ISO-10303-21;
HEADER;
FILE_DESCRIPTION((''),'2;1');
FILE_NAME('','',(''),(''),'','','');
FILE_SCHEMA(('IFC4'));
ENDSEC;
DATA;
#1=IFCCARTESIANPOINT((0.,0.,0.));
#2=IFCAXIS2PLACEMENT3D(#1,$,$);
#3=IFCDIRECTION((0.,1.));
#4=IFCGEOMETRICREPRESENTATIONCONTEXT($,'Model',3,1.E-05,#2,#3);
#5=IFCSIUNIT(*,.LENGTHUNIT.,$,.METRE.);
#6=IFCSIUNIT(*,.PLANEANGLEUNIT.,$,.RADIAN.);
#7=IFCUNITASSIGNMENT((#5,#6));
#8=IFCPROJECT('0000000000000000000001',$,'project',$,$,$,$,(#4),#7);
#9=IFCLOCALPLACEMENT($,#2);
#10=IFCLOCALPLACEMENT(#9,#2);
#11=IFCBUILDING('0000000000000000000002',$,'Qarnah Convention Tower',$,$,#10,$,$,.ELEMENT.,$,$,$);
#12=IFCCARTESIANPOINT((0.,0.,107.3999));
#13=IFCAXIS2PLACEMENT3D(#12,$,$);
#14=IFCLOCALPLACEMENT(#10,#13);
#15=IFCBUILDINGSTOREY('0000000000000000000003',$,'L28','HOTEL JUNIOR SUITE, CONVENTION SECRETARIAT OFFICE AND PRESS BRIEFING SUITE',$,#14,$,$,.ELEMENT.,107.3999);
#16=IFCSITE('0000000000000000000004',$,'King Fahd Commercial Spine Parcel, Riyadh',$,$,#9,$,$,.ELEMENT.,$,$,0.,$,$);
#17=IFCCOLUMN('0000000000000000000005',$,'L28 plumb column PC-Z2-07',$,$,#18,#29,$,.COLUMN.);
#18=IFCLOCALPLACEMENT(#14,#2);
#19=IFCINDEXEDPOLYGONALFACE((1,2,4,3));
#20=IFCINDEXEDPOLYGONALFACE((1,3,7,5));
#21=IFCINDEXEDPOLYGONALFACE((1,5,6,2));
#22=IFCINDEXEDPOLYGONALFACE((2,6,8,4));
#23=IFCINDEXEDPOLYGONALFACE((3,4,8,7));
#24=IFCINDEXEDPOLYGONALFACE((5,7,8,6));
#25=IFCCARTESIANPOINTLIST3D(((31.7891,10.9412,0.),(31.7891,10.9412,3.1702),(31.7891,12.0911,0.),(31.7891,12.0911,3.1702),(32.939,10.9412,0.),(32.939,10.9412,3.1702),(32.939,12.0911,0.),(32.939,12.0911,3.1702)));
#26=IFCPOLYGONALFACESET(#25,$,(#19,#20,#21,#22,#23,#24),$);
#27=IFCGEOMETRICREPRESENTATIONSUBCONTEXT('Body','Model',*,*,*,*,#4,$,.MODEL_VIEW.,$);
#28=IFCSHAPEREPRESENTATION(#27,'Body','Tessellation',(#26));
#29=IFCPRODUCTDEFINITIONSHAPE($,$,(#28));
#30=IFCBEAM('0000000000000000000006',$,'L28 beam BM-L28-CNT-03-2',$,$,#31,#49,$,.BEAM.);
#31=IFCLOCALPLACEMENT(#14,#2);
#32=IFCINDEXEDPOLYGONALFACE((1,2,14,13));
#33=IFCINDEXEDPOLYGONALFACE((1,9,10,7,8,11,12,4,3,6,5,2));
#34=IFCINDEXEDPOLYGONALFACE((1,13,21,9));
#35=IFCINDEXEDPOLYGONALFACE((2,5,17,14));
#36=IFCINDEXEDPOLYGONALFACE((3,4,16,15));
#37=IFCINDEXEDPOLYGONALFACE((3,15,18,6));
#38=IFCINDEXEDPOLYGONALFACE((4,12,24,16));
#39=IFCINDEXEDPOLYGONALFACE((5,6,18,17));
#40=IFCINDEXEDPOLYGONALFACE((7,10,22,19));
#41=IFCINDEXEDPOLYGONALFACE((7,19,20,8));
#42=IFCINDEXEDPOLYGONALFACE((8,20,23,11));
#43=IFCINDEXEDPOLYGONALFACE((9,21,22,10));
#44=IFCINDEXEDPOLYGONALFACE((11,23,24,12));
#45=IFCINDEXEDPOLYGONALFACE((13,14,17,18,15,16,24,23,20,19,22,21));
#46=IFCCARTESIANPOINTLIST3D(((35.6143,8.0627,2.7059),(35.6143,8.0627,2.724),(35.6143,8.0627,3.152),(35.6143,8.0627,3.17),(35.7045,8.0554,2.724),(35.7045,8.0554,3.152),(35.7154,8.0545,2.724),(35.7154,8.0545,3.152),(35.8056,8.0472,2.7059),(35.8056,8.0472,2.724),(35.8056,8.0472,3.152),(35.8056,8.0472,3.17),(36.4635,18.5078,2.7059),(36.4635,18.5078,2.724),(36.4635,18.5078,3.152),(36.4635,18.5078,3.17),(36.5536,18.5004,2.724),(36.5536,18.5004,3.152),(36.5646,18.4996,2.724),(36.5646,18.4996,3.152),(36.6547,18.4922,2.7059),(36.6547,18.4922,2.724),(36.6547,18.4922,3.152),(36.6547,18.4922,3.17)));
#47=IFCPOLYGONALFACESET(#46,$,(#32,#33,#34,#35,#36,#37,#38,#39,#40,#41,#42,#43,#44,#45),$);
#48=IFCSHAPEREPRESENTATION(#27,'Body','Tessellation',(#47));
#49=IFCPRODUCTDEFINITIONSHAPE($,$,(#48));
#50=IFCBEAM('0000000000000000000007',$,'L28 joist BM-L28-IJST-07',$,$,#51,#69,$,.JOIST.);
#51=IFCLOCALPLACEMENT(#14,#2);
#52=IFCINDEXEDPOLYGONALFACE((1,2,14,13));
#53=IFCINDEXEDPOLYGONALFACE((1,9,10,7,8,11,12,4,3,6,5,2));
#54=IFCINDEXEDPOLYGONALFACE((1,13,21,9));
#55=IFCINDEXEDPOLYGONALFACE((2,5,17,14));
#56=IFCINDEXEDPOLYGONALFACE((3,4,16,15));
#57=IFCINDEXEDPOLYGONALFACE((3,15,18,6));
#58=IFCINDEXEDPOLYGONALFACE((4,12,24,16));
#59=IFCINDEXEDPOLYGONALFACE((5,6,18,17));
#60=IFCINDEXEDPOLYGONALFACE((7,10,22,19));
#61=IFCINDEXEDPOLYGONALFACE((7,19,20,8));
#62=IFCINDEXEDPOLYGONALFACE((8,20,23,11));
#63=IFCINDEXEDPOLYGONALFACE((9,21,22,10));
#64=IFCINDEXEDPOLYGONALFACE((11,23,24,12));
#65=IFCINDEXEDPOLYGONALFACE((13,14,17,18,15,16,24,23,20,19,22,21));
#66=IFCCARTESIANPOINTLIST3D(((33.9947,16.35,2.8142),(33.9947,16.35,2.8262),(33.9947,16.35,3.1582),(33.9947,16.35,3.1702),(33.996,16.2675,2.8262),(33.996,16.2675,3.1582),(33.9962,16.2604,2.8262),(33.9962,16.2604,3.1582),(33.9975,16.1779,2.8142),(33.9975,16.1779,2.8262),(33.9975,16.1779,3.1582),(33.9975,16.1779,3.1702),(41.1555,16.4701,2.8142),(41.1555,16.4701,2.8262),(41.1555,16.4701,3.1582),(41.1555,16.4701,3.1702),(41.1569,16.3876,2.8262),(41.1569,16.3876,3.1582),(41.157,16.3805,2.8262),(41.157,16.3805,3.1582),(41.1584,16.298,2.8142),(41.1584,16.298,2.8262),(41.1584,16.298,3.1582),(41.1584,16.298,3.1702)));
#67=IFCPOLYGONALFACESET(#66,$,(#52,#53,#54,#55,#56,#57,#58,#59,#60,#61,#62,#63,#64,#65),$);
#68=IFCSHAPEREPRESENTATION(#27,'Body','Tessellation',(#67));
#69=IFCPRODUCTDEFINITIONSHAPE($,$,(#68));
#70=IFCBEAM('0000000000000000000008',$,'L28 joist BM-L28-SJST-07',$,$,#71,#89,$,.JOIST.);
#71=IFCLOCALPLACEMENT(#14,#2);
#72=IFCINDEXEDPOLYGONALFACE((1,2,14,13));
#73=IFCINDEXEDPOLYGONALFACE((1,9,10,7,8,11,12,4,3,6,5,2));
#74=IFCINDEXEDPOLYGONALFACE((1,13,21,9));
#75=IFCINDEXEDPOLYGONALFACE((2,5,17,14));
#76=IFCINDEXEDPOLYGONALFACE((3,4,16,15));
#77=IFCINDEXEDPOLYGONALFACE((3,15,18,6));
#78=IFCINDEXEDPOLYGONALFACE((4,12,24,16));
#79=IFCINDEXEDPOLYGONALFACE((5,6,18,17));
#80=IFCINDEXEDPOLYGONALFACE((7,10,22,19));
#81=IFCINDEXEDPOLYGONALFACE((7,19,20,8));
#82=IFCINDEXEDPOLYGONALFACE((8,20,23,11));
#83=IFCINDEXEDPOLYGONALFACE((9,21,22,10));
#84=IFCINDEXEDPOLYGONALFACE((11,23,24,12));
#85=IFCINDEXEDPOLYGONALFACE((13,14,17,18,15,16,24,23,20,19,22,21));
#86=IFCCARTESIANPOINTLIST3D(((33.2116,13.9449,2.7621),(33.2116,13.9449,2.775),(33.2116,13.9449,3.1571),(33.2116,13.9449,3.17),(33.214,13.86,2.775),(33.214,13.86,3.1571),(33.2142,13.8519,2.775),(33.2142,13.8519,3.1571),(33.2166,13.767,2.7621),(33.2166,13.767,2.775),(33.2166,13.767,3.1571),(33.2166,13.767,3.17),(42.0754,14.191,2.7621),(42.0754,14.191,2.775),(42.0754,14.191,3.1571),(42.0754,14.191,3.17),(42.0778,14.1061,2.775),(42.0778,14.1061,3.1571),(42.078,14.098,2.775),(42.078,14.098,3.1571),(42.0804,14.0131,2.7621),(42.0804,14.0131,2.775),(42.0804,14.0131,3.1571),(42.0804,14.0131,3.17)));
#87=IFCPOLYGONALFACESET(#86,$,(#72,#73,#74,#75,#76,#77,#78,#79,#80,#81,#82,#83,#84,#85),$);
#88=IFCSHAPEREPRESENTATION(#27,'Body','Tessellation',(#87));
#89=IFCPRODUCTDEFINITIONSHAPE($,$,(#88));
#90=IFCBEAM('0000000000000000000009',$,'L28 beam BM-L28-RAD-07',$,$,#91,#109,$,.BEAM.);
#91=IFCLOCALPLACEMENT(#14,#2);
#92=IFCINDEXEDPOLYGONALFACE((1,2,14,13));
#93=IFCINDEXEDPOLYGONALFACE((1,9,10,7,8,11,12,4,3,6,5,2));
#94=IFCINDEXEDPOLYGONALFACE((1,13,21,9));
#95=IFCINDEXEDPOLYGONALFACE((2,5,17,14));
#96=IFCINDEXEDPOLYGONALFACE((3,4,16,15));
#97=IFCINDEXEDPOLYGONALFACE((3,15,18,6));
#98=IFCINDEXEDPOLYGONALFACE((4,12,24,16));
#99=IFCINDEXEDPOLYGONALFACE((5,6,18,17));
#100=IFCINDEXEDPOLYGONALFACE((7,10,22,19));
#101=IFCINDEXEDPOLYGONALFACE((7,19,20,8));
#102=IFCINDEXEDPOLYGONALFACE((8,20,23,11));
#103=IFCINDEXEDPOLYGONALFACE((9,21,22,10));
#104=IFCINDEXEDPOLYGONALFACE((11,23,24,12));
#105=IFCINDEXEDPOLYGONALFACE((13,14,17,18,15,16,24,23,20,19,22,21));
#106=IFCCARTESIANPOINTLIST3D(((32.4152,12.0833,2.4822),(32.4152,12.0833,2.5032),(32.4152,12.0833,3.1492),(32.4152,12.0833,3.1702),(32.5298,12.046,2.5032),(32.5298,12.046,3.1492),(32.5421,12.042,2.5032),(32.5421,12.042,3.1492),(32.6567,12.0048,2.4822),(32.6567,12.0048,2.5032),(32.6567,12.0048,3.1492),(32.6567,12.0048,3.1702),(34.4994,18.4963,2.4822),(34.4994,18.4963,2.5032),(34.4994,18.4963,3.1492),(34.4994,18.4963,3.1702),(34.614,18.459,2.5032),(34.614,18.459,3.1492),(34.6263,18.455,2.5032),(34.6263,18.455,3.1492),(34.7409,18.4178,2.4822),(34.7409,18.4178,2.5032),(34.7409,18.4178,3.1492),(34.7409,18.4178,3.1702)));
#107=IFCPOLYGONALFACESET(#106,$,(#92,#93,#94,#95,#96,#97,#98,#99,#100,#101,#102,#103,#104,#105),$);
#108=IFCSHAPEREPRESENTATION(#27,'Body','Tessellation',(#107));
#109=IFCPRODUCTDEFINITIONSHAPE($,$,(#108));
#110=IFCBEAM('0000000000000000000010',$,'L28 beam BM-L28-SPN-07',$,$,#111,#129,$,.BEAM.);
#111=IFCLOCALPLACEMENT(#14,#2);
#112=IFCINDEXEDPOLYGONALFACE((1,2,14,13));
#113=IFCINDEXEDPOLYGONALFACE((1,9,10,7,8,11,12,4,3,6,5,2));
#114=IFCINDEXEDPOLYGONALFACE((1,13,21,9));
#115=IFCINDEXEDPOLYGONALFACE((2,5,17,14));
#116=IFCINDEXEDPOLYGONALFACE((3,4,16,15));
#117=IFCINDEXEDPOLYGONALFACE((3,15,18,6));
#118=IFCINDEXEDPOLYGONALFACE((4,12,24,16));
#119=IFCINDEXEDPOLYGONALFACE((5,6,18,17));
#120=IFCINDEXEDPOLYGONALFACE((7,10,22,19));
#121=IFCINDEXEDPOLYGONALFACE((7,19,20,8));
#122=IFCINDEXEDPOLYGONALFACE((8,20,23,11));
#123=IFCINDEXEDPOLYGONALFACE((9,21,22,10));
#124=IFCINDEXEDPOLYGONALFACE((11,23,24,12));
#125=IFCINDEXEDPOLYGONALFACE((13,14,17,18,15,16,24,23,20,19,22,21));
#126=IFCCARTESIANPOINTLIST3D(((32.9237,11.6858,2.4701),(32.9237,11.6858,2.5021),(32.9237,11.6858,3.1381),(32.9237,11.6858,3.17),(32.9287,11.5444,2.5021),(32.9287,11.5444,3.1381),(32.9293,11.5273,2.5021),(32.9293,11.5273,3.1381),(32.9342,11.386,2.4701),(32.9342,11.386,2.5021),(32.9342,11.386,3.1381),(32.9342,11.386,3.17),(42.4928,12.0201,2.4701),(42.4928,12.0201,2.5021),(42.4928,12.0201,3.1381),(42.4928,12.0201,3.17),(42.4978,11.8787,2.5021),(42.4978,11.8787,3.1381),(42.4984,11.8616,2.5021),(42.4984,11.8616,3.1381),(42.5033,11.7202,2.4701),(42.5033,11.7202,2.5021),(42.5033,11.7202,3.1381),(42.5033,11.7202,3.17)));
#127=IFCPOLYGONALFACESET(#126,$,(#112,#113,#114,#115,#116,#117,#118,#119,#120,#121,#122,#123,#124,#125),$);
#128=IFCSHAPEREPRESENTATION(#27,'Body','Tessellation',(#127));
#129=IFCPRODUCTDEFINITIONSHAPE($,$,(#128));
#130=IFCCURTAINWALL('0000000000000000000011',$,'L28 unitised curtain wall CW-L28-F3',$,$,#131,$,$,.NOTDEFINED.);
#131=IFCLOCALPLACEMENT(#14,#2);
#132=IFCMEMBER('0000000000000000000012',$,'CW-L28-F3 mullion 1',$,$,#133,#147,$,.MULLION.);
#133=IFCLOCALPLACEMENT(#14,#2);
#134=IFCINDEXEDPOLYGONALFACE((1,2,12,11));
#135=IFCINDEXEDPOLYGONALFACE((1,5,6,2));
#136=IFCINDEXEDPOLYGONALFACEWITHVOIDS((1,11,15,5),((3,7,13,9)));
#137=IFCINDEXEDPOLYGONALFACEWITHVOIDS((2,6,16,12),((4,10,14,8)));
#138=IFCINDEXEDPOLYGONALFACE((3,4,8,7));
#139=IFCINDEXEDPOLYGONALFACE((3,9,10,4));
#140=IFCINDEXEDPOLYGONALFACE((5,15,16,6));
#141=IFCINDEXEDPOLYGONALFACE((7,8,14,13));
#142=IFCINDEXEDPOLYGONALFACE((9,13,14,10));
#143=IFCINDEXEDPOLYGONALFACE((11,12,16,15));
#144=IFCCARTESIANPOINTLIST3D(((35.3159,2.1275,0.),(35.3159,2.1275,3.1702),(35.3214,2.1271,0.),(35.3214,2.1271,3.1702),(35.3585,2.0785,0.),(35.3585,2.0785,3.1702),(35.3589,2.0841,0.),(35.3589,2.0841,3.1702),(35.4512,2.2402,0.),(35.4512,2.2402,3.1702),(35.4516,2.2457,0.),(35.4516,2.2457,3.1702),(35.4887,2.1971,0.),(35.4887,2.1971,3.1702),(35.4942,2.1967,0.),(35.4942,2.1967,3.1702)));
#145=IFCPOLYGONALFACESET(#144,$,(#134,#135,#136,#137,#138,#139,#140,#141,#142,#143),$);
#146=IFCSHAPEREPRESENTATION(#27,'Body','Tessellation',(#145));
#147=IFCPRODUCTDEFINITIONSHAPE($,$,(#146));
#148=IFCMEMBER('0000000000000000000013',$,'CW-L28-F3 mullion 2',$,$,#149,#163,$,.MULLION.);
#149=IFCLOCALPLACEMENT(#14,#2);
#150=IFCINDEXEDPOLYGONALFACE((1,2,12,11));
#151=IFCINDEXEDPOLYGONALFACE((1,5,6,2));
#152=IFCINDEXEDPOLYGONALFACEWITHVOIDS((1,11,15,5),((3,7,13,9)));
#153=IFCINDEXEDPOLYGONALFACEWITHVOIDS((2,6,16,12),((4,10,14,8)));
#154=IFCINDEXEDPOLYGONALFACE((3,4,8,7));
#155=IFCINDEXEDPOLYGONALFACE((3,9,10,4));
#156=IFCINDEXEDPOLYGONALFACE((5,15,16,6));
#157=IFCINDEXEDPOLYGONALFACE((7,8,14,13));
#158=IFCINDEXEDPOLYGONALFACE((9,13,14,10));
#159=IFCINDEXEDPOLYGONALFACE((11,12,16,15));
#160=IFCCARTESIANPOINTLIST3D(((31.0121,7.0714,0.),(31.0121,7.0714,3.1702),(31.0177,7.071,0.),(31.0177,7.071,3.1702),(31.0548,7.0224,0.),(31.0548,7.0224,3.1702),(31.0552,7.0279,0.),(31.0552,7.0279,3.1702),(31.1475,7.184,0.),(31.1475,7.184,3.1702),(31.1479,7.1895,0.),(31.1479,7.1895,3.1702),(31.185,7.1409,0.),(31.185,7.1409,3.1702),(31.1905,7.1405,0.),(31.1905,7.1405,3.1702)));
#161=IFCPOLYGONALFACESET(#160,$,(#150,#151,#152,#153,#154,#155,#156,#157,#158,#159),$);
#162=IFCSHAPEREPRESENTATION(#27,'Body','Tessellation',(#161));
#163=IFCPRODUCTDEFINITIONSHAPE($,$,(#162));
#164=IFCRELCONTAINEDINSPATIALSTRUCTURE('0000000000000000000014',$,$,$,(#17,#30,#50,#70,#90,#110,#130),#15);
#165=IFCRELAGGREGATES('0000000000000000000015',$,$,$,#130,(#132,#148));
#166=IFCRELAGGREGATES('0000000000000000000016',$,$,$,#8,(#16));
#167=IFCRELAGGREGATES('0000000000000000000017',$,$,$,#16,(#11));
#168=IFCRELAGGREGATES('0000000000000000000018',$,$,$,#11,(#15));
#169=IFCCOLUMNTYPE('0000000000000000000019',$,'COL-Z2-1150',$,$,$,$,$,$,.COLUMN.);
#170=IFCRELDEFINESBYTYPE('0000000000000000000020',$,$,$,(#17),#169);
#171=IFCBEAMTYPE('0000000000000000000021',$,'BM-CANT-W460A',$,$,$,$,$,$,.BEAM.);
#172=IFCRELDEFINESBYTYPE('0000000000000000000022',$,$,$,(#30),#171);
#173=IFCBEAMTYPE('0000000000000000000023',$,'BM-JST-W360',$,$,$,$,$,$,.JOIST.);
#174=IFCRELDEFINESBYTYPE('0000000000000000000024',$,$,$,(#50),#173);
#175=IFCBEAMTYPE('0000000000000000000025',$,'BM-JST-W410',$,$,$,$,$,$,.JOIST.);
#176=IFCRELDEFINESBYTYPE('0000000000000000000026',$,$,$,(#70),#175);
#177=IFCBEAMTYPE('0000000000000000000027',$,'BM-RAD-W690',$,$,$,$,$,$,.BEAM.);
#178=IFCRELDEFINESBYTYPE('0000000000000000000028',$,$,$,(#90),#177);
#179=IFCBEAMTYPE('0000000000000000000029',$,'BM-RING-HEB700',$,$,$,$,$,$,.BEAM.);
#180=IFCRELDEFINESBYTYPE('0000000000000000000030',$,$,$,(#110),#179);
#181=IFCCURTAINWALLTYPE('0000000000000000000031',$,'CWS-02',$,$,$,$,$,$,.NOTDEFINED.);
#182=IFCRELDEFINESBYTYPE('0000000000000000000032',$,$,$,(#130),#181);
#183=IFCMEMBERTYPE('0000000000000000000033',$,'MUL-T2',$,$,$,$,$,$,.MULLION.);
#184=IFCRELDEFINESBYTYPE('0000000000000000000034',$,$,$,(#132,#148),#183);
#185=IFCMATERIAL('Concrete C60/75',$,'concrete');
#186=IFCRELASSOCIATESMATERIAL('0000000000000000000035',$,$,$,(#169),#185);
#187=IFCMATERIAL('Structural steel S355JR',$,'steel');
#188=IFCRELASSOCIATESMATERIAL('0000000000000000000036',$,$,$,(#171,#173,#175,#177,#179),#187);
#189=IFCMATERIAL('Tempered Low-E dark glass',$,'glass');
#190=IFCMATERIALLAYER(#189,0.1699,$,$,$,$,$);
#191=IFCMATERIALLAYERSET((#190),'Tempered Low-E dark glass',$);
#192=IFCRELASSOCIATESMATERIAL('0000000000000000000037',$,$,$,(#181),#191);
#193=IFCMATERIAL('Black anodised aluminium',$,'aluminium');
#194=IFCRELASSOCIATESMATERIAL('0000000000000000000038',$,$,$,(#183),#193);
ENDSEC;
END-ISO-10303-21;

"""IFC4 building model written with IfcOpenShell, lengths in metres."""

from ifc_helpers import new_model, si_unit, direction, frame, origin, origin_2d, place, context, subcontext, project, spatial, rectangle, hollow_rectangle, i_section, extrude, material, layer, layer_set, material_profile, profile_set, type_object, element, aggregate, save


model = new_model("IFC4")

# Units and contexts
model_context = context("Model", 3, precision=1e-05, world=origin(), true_north=direction((0.0, 1.0)))
body_context = subcontext(model_context, "Body", "Model", "MODEL_VIEW")
ifc_project = project(units=[si_unit("LENGTHUNIT", "METRE"), si_unit("PLANEANGLEUNIT", "RADIAN")], contexts=[model_context])

# Site, building, storey
site_placement = place(None, origin())
site = spatial("IfcSite", under=ifc_project, at=site_placement, Name="King Fahd Commercial Spine Parcel, Riyadh", CompositionType="ELEMENT", RefElevation=0.0)
building_placement = place(site_placement, origin())
building = spatial("IfcBuilding", under=site, at=building_placement, Name="Qarnah Convention Tower", CompositionType="ELEMENT")
storey_placement = place(building_placement, frame((0.0, 0.0, 107.3999)))
storey = spatial("IfcBuildingStorey", under=building, at=storey_placement, Name="L28", Description="HOTEL JUNIOR SUITE, CONVENTION SECRETARIAT OFFICE AND PRESS BRIEFING SUITE", CompositionType="ELEMENT", Elevation=107.3999)

# Column
ifc_material_1 = material(Name="Concrete C60/75", Category="concrete")
ifc_material_profile_1 = material_profile(ifc_material_1, rectangle(XDim=1.1499, YDim=1.1499, at=origin_2d()), Name="RC-COL-1150X1150")
ifc_profile_set_1 = profile_set([ifc_material_profile_1], Name="Concrete C60/75")
column_type = type_object("IfcColumnType", Name="COL-Z2-1150", PredefinedType="COLUMN", material=ifc_profile_set_1)
column_placement = place(storey_placement, frame((32.364, 11.5161, 0.0), z_axis=(0.0, 0.0, 1.0), x_axis=(1.0, 0.0, 0.0)))
element("IfcColumn", 1, at=column_placement, inside=storey, type_object=column_type, Name="L28 plumb column PC-Z2-07", PredefinedType="COLUMN", context=body_context, shape_type="SweptSolid", body=[
    extrude(rectangle(XDim=1.1499, YDim=1.1499, at=origin_2d()), origin(), (0.0, 0.0, 1.0), 3.1702),
])

# Beams
ifc_material_2 = material(Name="Structural steel S355JR", Category="steel")
ifc_material_profile_2 = material_profile(ifc_material_2, i_section(OverallWidth=0.1919, OverallDepth=0.4641, WebThickness=0.011, FlangeThickness=0.0181, at=origin_2d()), Name="W460X89")
ifc_profile_set_2 = profile_set([ifc_material_profile_2], Name="Structural steel S355JR")
beam_type_1 = type_object("IfcBeamType", Name="BM-CANT-W460A", PredefinedType="BEAM", material=ifc_profile_set_2)
beam_1_placement = place(storey_placement, frame((36.5591, 18.5, 2.938), z_axis=(-0.081027, -0.996712, 0.0), x_axis=(0.996712, -0.081027, 0.0)))
element("IfcBeam", 2, at=beam_1_placement, inside=storey, type_object=beam_type_1, Name="L28 beam BM-L28-CNT-03-2", PredefinedType="BEAM", context=body_context, shape_type="SweptSolid", body=[
    extrude(i_section(OverallWidth=0.1919, OverallDepth=0.4641, WebThickness=0.011, FlangeThickness=0.0181, at=origin_2d()), origin(), (0.0, 0.0, 1.0), 10.4795),
])
ifc_material_profile_3 = material_profile(ifc_material_2, i_section(OverallWidth=0.1721, OverallDepth=0.356, WebThickness=0.0071, FlangeThickness=0.012, at=origin_2d()), Name="W360X51")
ifc_profile_set_3 = profile_set([ifc_material_profile_3], Name="Structural steel S355JR")
beam_type_2 = type_object("IfcBeamType", Name="BM-JST-W360", PredefinedType="JOIST", material=ifc_profile_set_3)
beam_2_placement = place(storey_placement, frame((33.9961, 16.2639, 2.9922), z_axis=(0.999859, 0.016772, 0.0), x_axis=(-0.016772, 0.999859, 0.0)))
element("IfcBeam", 3, at=beam_2_placement, inside=storey, type_object=beam_type_2, Name="L28 joist BM-L28-IJST-07", PredefinedType="JOIST", context=body_context, shape_type="SweptSolid", body=[
    extrude(i_section(OverallWidth=0.1721, OverallDepth=0.356, WebThickness=0.0071, FlangeThickness=0.012, at=origin_2d()), origin(), (0.0, 0.0, 1.0), 7.1619),
])
ifc_material_profile_4 = material_profile(ifc_material_2, i_section(OverallWidth=0.178, OverallDepth=0.408, WebThickness=0.0081, FlangeThickness=0.0129, at=origin_2d()), Name="W410X60")
ifc_profile_set_4 = profile_set([ifc_material_profile_4], Name="Structural steel S355JR")
beam_type_3 = type_object("IfcBeamType", Name="BM-JST-W410", PredefinedType="JOIST", material=ifc_profile_set_4)
beam_3_placement = place(storey_placement, frame((33.2141, 13.856, 2.9661), z_axis=(0.999615, 0.027753, 0.0), x_axis=(-0.027753, 0.999615, 0.0)))
element("IfcBeam", 4, at=beam_3_placement, inside=storey, type_object=beam_type_3, Name="L28 joist BM-L28-SJST-07", PredefinedType="JOIST", context=body_context, shape_type="SweptSolid", body=[
    extrude(i_section(OverallWidth=0.178, OverallDepth=0.408, WebThickness=0.0081, FlangeThickness=0.0129, at=origin_2d()), origin(), (0.0, 0.0, 1.0), 8.8672),
])
ifc_material_profile_5 = material_profile(ifc_material_2, i_section(OverallWidth=0.2539, OverallDepth=0.688, WebThickness=0.0129, FlangeThickness=0.021, at=origin_2d()), Name="W690X152")
ifc_profile_set_5 = profile_set([ifc_material_profile_5], Name="Structural steel S355JR")
beam_type_4 = type_object("IfcBeamType", Name="BM-RAD-W690", PredefinedType="BEAM", material=ifc_profile_set_5)
beam_4_placement = place(storey_placement, frame((34.6201, 18.457, 2.8262), z_axis=(-0.309083, -0.951035, 0.0), x_axis=(0.951035, -0.309083, 0.0)))
element("IfcBeam", 5, at=beam_4_placement, inside=storey, type_object=beam_type_4, Name="L28 beam BM-L28-RAD-07", PredefinedType="BEAM", context=body_context, shape_type="SweptSolid", body=[
    extrude(i_section(OverallWidth=0.2539, OverallDepth=0.688, WebThickness=0.0129, FlangeThickness=0.021, at=origin_2d()), origin(), (0.0, 0.0, 1.0), 6.7432),
])
ifc_material_profile_6 = material_profile(ifc_material_2, i_section(OverallWidth=0.3, OverallDepth=0.7, WebThickness=0.0171, FlangeThickness=0.032, at=origin_2d()), Name="HEB700")
ifc_profile_set_6 = profile_set([ifc_material_profile_6], Name="Structural steel S355JR")
beam_type_5 = type_object("IfcBeamType", Name="BM-RING-HEB700", PredefinedType="BEAM", material=ifc_profile_set_6)
beam_5_placement = place(storey_placement, frame((32.929, 11.5359, 2.8201), z_axis=(0.999391, 0.034907, 0.0), x_axis=(-0.034907, 0.999391, 0.0)))
element("IfcBeam", 6, at=beam_5_placement, inside=storey, type_object=beam_type_5, Name="L28 beam BM-L28-SPN-07", PredefinedType="BEAM", context=body_context, shape_type="SweptSolid", body=[
    extrude(i_section(OverallWidth=0.3, OverallDepth=0.7, WebThickness=0.0171, FlangeThickness=0.032, at=origin_2d()), origin(), (0.0, 0.0, 1.0), 9.575),
])

# Curtain wall, members
ifc_material_3 = material(Name="Tempered Low-E dark glass", Category="glass")
ifc_layer_1 = layer(ifc_material_3, 0.1699)
ifc_layer_set_1 = layer_set([ifc_layer_1], Name="Tempered Low-E dark glass")
curtain_wall_type = type_object("IfcCurtainWallType", Name="CWS-02", PredefinedType="NOTDEFINED", material=ifc_layer_set_1)
curtain_wall_placement = place(storey_placement, origin())
curtain_wall = element("IfcCurtainWall", 7, at=curtain_wall_placement, inside=storey, type_object=curtain_wall_type, Name="L28 unitised curtain wall CW-L28-F3", PredefinedType="NOTDEFINED")
ifc_material_4 = material(Name="Black anodised aluminium", Category="aluminium")
ifc_material_profile_7 = material_profile(ifc_material_4, hollow_rectangle(XDim=0.0649, YDim=0.1799, WallThickness=0.0039, at=origin_2d()), Name="MUL-65X180")
ifc_profile_set_7 = profile_set([ifc_material_profile_7], Name="Black anodised aluminium")
member_type_1 = type_object("IfcMemberType", Name="MUL-T2", PredefinedType="MULLION", material=ifc_profile_set_7)
member_1_placement = place(storey_placement, frame((35.405, 2.1621, 0.0), z_axis=(0.0, 0.0, 1.0), x_axis=(-0.656584, 0.754253, 0.0)))
member_1 = element("IfcMember", 8, at=member_1_placement, type_object=member_type_1, Name="CW-L28-F3 mullion 1", PredefinedType="MULLION", context=body_context, shape_type="SweptSolid", body=[
    extrude(hollow_rectangle(XDim=0.0649, YDim=0.1799, WallThickness=0.0039, at=origin_2d()), origin(), (0.0, 0.0, 1.0), 3.1702),
])
member_2_placement = place(storey_placement, frame((31.1013, 7.106, 0.0), z_axis=(0.0, 0.0, 1.0), x_axis=(-0.656584, 0.754253, 0.0)))
member_2 = element("IfcMember", 9, at=member_2_placement, type_object=member_type_1, Name="CW-L28-F3 mullion 2", PredefinedType="MULLION", context=body_context, shape_type="SweptSolid", body=[
    extrude(hollow_rectangle(XDim=0.0649, YDim=0.1799, WallThickness=0.0039, at=origin_2d()), origin(), (0.0, 0.0, 1.0), 3.1702),
])
aggregate(curtain_wall, [member_1, member_2])

save(model, "model.ifc")
